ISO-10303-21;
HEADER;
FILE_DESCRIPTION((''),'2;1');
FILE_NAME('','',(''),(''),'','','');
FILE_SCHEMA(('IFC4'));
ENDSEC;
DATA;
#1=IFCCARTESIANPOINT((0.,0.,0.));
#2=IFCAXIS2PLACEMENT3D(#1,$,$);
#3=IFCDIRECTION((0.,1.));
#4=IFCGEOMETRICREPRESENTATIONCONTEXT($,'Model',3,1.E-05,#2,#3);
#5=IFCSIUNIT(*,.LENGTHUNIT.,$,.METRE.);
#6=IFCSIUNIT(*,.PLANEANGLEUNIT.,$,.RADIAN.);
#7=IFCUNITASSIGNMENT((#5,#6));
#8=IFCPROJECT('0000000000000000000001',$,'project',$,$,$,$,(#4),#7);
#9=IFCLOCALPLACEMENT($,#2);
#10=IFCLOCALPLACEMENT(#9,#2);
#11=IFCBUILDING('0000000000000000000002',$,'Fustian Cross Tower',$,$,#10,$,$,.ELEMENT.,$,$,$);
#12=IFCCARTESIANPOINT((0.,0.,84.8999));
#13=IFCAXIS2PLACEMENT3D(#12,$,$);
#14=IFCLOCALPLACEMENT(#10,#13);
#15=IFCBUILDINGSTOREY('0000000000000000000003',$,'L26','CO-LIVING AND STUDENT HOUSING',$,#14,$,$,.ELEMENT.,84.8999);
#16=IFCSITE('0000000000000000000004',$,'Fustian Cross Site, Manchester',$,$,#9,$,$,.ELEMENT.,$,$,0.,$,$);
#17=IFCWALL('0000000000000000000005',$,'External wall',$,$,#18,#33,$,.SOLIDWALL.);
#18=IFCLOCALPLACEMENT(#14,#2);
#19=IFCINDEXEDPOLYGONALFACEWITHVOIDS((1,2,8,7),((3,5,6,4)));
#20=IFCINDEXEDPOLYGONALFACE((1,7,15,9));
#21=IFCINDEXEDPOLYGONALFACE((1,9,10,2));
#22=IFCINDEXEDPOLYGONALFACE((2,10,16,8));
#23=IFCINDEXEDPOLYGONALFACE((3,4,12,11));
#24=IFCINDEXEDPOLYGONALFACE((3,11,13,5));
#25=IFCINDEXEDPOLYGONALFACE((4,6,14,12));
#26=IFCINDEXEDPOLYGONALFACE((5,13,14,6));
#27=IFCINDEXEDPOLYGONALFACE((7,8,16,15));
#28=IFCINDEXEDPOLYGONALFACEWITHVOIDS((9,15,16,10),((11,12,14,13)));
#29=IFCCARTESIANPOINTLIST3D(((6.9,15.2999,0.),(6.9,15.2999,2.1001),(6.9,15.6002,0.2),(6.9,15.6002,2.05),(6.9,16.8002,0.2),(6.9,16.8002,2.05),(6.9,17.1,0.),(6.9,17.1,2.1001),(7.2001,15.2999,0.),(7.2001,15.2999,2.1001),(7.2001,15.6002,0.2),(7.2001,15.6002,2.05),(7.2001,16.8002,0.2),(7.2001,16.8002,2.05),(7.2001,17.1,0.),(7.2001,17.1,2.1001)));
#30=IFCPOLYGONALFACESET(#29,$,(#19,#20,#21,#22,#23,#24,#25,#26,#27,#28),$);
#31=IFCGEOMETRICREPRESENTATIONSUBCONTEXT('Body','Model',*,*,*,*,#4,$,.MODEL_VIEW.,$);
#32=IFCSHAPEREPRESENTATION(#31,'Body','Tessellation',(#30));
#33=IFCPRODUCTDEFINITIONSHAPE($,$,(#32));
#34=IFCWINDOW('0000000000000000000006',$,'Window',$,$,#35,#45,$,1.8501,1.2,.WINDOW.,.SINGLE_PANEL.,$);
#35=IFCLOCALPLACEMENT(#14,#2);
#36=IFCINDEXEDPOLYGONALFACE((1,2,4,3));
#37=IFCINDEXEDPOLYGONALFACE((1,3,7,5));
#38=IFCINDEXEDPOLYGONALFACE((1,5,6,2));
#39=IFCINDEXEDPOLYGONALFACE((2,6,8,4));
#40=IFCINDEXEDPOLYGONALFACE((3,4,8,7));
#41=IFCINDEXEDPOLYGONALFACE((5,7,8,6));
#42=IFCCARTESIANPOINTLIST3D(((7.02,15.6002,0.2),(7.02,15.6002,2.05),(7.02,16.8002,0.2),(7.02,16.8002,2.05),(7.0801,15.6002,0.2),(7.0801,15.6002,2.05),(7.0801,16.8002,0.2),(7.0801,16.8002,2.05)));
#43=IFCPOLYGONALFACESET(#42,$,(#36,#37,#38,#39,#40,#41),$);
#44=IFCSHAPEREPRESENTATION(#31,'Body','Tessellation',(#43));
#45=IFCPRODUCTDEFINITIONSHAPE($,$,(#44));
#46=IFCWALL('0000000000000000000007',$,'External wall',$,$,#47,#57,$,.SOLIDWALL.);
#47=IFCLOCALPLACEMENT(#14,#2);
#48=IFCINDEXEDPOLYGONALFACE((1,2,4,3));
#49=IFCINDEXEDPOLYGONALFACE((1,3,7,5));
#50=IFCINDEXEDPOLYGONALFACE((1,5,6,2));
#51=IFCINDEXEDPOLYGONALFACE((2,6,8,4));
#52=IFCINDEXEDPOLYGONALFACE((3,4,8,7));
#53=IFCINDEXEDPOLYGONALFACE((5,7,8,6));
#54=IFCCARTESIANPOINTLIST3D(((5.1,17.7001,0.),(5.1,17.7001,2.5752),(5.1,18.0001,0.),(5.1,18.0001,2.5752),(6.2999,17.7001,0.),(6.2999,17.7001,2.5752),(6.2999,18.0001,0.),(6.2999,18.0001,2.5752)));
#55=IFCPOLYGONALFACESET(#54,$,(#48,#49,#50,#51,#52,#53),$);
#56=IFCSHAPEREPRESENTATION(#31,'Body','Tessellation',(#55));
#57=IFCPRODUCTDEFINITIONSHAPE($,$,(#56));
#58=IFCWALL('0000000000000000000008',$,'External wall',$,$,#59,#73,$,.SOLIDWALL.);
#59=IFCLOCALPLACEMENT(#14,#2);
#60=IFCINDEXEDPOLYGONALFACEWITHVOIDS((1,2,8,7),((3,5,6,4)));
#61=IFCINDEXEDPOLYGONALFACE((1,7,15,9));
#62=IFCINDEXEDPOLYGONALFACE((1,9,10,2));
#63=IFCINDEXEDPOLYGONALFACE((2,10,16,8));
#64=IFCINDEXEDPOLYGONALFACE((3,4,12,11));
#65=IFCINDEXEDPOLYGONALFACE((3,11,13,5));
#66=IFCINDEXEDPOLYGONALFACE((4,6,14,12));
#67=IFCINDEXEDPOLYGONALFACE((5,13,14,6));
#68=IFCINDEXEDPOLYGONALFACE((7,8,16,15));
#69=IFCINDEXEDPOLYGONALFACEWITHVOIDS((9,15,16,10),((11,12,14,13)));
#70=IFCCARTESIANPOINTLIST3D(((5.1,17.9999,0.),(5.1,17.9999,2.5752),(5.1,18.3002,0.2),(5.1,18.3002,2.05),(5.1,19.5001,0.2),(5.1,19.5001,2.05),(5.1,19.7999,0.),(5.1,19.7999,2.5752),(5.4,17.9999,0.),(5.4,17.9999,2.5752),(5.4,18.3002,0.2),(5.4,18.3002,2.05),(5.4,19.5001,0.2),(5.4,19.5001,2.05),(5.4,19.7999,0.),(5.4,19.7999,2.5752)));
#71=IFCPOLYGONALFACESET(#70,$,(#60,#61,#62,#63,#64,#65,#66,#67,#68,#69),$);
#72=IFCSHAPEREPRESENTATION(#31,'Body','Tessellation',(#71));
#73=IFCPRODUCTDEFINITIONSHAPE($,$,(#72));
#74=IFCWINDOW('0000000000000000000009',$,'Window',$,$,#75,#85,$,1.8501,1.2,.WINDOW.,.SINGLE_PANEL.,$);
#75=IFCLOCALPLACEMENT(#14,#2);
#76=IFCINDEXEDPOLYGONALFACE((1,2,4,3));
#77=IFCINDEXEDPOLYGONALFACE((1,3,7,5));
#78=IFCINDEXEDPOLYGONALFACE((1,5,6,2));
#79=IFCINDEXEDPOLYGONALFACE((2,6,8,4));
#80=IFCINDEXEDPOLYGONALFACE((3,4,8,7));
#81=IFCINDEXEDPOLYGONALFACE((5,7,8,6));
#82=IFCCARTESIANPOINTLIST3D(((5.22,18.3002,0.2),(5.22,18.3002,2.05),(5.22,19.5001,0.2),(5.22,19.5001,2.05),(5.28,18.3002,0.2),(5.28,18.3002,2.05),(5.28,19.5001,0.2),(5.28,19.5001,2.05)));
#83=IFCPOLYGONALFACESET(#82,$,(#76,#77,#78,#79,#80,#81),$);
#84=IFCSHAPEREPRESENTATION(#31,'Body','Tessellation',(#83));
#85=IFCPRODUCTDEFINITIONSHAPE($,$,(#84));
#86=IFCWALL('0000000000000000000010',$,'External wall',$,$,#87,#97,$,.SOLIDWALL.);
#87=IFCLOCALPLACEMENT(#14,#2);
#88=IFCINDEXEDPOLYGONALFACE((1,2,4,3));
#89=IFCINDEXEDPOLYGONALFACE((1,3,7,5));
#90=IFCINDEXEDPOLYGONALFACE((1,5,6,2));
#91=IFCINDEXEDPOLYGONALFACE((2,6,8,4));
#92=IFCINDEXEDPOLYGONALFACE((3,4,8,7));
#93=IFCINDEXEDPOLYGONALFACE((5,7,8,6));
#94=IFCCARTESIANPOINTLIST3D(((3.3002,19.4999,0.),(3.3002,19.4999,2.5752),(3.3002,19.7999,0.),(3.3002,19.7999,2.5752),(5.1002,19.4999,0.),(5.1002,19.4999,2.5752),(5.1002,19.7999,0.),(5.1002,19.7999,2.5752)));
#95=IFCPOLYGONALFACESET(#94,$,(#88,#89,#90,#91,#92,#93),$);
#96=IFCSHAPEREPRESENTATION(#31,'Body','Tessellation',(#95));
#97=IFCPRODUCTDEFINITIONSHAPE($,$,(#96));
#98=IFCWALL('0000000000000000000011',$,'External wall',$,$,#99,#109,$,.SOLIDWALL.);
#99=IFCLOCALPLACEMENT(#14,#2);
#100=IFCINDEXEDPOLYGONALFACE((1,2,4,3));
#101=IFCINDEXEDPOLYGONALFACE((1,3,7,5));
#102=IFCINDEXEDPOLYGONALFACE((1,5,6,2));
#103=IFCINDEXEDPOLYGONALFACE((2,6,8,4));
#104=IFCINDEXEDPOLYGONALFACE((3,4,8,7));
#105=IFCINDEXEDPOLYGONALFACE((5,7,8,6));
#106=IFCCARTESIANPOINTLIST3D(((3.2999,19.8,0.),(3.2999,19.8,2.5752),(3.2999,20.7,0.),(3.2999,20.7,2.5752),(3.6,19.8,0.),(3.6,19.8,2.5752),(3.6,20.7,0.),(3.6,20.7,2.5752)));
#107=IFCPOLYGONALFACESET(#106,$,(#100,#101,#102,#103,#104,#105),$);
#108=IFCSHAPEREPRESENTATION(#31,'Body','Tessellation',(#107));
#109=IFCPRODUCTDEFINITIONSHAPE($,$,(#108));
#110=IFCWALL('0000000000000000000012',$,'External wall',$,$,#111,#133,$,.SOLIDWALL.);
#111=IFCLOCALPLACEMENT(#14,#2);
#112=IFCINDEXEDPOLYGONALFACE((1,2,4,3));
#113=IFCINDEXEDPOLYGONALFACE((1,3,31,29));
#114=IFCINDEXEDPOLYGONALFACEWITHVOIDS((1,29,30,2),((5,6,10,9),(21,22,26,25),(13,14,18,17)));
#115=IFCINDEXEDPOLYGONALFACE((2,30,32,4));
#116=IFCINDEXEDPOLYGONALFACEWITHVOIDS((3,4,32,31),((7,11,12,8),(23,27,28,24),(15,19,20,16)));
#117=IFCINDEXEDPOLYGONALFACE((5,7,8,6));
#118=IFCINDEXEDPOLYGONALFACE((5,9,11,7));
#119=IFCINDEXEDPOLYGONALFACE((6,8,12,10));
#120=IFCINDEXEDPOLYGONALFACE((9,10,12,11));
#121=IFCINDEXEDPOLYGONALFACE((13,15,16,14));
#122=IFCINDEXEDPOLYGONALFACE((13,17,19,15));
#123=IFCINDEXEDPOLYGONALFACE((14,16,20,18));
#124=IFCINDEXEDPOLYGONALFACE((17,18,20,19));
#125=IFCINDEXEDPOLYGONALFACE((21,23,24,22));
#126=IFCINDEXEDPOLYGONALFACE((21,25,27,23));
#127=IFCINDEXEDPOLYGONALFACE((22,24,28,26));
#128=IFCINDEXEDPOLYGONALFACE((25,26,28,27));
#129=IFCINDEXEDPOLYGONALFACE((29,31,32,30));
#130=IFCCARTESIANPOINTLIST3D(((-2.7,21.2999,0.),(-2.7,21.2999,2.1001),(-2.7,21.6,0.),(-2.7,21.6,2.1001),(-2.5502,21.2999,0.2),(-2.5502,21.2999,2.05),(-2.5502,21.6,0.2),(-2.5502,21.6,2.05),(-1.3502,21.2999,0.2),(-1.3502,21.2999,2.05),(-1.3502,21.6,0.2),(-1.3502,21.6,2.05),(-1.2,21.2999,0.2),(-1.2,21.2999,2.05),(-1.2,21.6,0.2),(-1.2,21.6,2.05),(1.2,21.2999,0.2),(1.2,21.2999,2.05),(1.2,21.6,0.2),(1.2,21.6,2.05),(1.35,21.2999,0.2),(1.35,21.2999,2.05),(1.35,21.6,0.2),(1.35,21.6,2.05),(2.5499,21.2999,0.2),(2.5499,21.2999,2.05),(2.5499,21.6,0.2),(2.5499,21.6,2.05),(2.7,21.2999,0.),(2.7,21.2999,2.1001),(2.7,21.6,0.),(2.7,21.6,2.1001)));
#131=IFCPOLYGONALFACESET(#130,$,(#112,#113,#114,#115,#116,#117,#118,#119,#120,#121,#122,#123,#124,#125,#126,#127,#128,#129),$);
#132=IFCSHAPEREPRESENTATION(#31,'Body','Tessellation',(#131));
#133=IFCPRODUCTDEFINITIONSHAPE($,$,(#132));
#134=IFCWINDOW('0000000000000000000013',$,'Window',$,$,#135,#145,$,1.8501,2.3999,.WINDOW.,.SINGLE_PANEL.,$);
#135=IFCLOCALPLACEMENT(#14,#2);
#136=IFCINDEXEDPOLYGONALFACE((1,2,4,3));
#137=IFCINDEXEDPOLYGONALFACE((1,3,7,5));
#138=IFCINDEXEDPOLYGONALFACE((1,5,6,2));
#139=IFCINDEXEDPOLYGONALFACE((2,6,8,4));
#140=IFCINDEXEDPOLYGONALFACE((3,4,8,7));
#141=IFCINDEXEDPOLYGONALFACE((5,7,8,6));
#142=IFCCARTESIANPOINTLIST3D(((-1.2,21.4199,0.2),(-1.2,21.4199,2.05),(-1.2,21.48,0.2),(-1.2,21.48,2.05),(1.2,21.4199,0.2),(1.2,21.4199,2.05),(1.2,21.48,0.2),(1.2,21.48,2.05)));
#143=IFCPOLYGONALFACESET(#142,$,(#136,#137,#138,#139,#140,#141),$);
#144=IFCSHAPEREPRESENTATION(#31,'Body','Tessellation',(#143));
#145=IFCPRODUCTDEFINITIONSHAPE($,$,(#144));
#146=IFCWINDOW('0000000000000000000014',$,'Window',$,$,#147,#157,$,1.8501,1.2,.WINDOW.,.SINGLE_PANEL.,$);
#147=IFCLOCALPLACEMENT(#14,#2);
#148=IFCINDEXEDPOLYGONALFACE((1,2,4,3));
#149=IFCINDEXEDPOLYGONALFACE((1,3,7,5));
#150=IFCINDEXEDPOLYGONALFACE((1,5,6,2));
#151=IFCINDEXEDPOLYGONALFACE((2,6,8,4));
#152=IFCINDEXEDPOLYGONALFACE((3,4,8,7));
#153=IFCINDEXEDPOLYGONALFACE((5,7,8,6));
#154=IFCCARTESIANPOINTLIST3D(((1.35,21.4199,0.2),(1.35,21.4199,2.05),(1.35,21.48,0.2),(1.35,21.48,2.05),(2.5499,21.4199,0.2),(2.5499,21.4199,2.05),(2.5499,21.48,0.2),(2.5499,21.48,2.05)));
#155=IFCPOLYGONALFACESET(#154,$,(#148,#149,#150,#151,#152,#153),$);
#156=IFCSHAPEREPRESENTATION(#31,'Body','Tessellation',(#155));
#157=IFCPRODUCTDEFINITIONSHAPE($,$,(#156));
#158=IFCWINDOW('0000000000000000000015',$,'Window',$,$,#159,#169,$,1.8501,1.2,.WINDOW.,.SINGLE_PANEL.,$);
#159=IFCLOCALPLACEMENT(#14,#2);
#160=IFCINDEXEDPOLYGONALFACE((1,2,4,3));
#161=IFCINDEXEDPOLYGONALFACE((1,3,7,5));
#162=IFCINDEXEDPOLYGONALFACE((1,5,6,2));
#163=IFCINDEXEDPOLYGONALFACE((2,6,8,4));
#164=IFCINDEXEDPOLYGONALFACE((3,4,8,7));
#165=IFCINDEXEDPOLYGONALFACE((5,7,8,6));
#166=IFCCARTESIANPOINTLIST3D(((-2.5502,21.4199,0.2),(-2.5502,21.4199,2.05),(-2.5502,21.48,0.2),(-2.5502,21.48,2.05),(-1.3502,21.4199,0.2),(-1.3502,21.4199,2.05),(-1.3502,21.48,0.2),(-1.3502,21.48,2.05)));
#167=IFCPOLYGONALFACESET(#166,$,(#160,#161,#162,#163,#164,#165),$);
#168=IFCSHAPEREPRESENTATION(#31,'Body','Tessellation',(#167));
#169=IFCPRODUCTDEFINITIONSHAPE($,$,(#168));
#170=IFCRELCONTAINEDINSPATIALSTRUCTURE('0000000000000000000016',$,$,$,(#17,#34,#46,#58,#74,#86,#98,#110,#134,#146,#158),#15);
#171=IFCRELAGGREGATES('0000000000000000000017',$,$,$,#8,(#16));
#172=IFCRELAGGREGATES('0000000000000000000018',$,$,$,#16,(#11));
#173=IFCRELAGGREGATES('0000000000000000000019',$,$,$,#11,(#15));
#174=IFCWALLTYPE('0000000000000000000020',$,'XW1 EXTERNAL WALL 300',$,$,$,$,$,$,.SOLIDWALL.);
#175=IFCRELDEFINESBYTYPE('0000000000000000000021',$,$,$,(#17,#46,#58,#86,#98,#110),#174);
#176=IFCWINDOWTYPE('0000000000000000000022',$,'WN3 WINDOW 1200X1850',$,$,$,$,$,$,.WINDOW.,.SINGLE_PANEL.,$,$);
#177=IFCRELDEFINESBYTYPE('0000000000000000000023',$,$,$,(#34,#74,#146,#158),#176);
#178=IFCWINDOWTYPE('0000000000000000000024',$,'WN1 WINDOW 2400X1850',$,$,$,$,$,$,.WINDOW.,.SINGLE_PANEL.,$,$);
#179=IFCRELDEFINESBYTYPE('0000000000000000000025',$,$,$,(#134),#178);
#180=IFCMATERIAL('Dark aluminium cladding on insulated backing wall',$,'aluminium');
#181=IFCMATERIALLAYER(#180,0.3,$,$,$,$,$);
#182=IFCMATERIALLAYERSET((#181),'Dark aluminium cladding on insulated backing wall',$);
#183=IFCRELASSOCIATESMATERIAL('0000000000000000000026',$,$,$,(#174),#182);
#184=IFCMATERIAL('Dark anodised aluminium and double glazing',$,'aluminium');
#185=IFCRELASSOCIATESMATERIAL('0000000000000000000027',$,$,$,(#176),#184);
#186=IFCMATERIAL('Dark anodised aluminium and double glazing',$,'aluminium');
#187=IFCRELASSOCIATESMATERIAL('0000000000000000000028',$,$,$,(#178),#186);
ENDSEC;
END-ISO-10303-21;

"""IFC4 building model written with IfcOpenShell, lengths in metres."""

from ifc_helpers import new_model, si_unit, direction, frame, frame_2d, origin, place, context, subcontext, project, spatial, rectangle, extrude, material, layer, layer_set, type_object, element, fill, save


model = new_model("IFC4")

# Units and contexts
model_context = context("Model", 3, precision=1e-05, world=origin(), true_north=direction((0.0, 1.0)))
body_context = subcontext(model_context, "Body", "Model", "MODEL_VIEW")
ifc_project = project(units=[si_unit("LENGTHUNIT", "METRE"), si_unit("PLANEANGLEUNIT", "RADIAN")], contexts=[model_context])

# Site, building, storey
site_placement = place(None, origin())
site = spatial("IfcSite", under=ifc_project, at=site_placement, Name="Fustian Cross Site, Manchester", CompositionType="ELEMENT", RefElevation=0.0)
building_placement = place(site_placement, origin())
building = spatial("IfcBuilding", under=site, at=building_placement, Name="Fustian Cross Tower", CompositionType="ELEMENT")
storey_placement = place(building_placement, frame((0.0, 0.0, 84.8999)))
storey = spatial("IfcBuildingStorey", under=building, at=storey_placement, Name="L26", Description="CO-LIVING AND STUDENT HOUSING", CompositionType="ELEMENT", Elevation=84.8999)

# Shared definitions
ifc_material_1 = material(Name="Dark aluminium cladding on insulated backing wall", Category="aluminium")
ifc_layer_1 = layer(ifc_material_1, 0.3)
ifc_layer_set_1 = layer_set([ifc_layer_1], Name="Dark aluminium cladding on insulated backing wall")
wall_type_1 = type_object("IfcWallType", Name="XW1 EXTERNAL WALL 300", PredefinedType="SOLIDWALL", material=ifc_layer_set_1)

# Wall, opening, window
wall_1_placement = place(storey_placement, frame((7.05, 15.3, 0.0), z_axis=(0.0, 0.0, 1.0), x_axis=(0.0, 1.0, 0.0)))
wall_1 = element("IfcWall", 1, at=wall_1_placement, inside=storey, type_object=wall_type_1, Name="External wall", PredefinedType="SOLIDWALL", context=body_context, shape_type="SweptSolid", body=[
    extrude(rectangle(XDim=1.8, YDim=0.3, at=frame_2d((0.8999, 0.0))), origin(), (0.0, 0.0, 1.0), 2.1001),
])
opening_1_placement = place(wall_1_placement, frame((0.3, 0.0, 0.2)))
opening_1 = element("IfcOpeningElement", 2, at=opening_1_placement, cuts=wall_1, PredefinedType="OPENING", context=body_context, shape_type="SweptSolid", body=[
    extrude(rectangle(XDim=1.2, YDim=1.8501, at=frame_2d((0.6001, 0.925))), frame((0.0, 0.1599, 0.0), z_axis=(0.0, -1.0, 0.0), x_axis=(1.0, 0.0, 0.0)), (0.0, 0.0, 1.0), 0.3201),
])
ifc_material_2 = material(Name="Dark anodised aluminium and double glazing", Category="aluminium")
window_type_1 = type_object("IfcWindowType", Name="WN3 WINDOW 1200X1850", PartitioningType="SINGLE_PANEL", PredefinedType="WINDOW", material=ifc_material_2)
window_1_placement = place(opening_1_placement, origin())
window_1 = element("IfcWindow", 3, at=window_1_placement, inside=storey, type_object=window_type_1, Name="Window", OverallHeight=1.8501, OverallWidth=1.2, PartitioningType="SINGLE_PANEL", PredefinedType="WINDOW", context=body_context, shape_type="SweptSolid", body=[
    extrude(rectangle(XDim=1.2, YDim=1.8501, at=frame_2d((0.6001, 0.925))), frame((0.0, 0.03, 0.0), z_axis=(0.0, -1.0, 0.0), x_axis=(1.0, 0.0, 0.0)), (0.0, 0.0, 1.0), 0.0601),
])
fill(opening_1, window_1)

# Wall
wall_2_placement = place(storey_placement, frame((6.3, 17.8501, 0.0), z_axis=(0.0, 0.0, 1.0), x_axis=(-1.0, 0.0, 0.0)))
element("IfcWall", 4, at=wall_2_placement, inside=storey, type_object=wall_type_1, Name="External wall", PredefinedType="SOLIDWALL", context=body_context, shape_type="SweptSolid", body=[
    extrude(rectangle(XDim=1.2, YDim=0.3, at=frame_2d((0.6001, 0.0))), origin(), (0.0, 0.0, 1.0), 2.5752),
])

# Wall, opening, window
wall_3_placement = place(storey_placement, frame((5.25, 18.0, 0.0), z_axis=(0.0, 0.0, 1.0), x_axis=(0.0, 1.0, 0.0)))
wall_3 = element("IfcWall", 5, at=wall_3_placement, inside=storey, type_object=wall_type_1, Name="External wall", PredefinedType="SOLIDWALL", context=body_context, shape_type="SweptSolid", body=[
    extrude(rectangle(XDim=1.8, YDim=0.3, at=frame_2d((0.8999, 0.0))), origin(), (0.0, 0.0, 1.0), 2.5752),
])
opening_2_placement = place(wall_3_placement, frame((0.3, 0.0, 0.2)))
opening_2 = element("IfcOpeningElement", 6, at=opening_2_placement, cuts=wall_3, PredefinedType="OPENING", context=body_context, shape_type="SweptSolid", body=[
    extrude(rectangle(XDim=1.2, YDim=1.8501, at=frame_2d((0.6001, 0.925))), frame((0.0, 0.1599, 0.0), z_axis=(0.0, -1.0, 0.0), x_axis=(1.0, 0.0, 0.0)), (0.0, 0.0, 1.0), 0.3201),
])
window_2_placement = place(opening_2_placement, origin())
window_2 = element("IfcWindow", 7, at=window_2_placement, inside=storey, type_object=window_type_1, Name="Window", OverallHeight=1.8501, OverallWidth=1.2, PartitioningType="SINGLE_PANEL", PredefinedType="WINDOW", context=body_context, shape_type="SweptSolid", body=[
    extrude(rectangle(XDim=1.2, YDim=1.8501, at=frame_2d((0.6001, 0.925))), frame((0.0, 0.03, 0.0), z_axis=(0.0, -1.0, 0.0), x_axis=(1.0, 0.0, 0.0)), (0.0, 0.0, 1.0), 0.0601),
])
fill(opening_2, window_2)

# Walls
wall_4_placement = place(storey_placement, frame((5.1001, 19.6499, 0.0), z_axis=(0.0, 0.0, 1.0), x_axis=(-1.0, 0.0, 0.0)))
element("IfcWall", 8, at=wall_4_placement, inside=storey, type_object=wall_type_1, Name="External wall", PredefinedType="SOLIDWALL", context=body_context, shape_type="SweptSolid", body=[
    extrude(rectangle(XDim=1.8, YDim=0.3, at=frame_2d((0.8999, 0.0))), origin(), (0.0, 0.0, 1.0), 2.5752),
])
wall_5_placement = place(storey_placement, frame((3.45, 19.8, 0.0), z_axis=(0.0, 0.0, 1.0), x_axis=(0.0, 1.0, 0.0)))
element("IfcWall", 9, at=wall_5_placement, inside=storey, type_object=wall_type_1, Name="External wall", PredefinedType="SOLIDWALL", context=body_context, shape_type="SweptSolid", body=[
    extrude(rectangle(XDim=0.8999, YDim=0.3, at=frame_2d((0.45, 0.0))), origin(), (0.0, 0.0, 1.0), 2.5752),
])

# Wall, openings, windows
wall_6_placement = place(storey_placement, frame((2.7, 21.45, 0.0), z_axis=(0.0, 0.0, 1.0), x_axis=(-1.0, 0.0, 0.0)))
wall_6 = element("IfcWall", 10, at=wall_6_placement, inside=storey, type_object=wall_type_1, Name="External wall", PredefinedType="SOLIDWALL", context=body_context, shape_type="SweptSolid", body=[
    extrude(rectangle(XDim=5.3999, YDim=0.3, at=frame_2d((2.7, 0.0))), origin(), (0.0, 0.0, 1.0), 2.1001),
])
opening_3_placement = place(wall_6_placement, frame((1.5, 0.0, 0.2)))
opening_3 = element("IfcOpeningElement", 11, at=opening_3_placement, cuts=wall_6, PredefinedType="OPENING", context=body_context, shape_type="SweptSolid", body=[
    extrude(rectangle(XDim=2.3999, YDim=1.8501, at=frame_2d((1.2, 0.925))), frame((0.0, 0.1599, 0.0), z_axis=(0.0, -1.0, 0.0), x_axis=(1.0, 0.0, 0.0)), (0.0, 0.0, 1.0), 0.3201),
])
opening_4_placement = place(wall_6_placement, frame((0.1499, 0.0, 0.2)))
opening_4 = element("IfcOpeningElement", 12, at=opening_4_placement, cuts=wall_6, PredefinedType="OPENING", context=body_context, shape_type="SweptSolid", body=[
    extrude(rectangle(XDim=1.2, YDim=1.8501, at=frame_2d((0.6001, 0.925))), frame((0.0, 0.1599, 0.0), z_axis=(0.0, -1.0, 0.0), x_axis=(1.0, 0.0, 0.0)), (0.0, 0.0, 1.0), 0.3201),
])
opening_5_placement = place(wall_6_placement, frame((4.05, 0.0, 0.2)))
opening_5 = element("IfcOpeningElement", 13, at=opening_5_placement, cuts=wall_6, PredefinedType="OPENING", context=body_context, shape_type="SweptSolid", body=[
    extrude(rectangle(XDim=1.2, YDim=1.8501, at=frame_2d((0.6001, 0.925))), frame((0.0, 0.1599, 0.0), z_axis=(0.0, -1.0, 0.0), x_axis=(1.0, 0.0, 0.0)), (0.0, 0.0, 1.0), 0.3201),
])
ifc_material_3 = material(Name="Dark anodised aluminium and double glazing", Category="aluminium")
window_type_2 = type_object("IfcWindowType", Name="WN1 WINDOW 2400X1850", PartitioningType="SINGLE_PANEL", PredefinedType="WINDOW", material=ifc_material_3)
window_3_placement = place(opening_3_placement, origin())
window_3 = element("IfcWindow", 14, at=window_3_placement, inside=storey, type_object=window_type_2, Name="Window", OverallHeight=1.8501, OverallWidth=2.3999, PartitioningType="SINGLE_PANEL", PredefinedType="WINDOW", context=body_context, shape_type="SweptSolid", body=[
    extrude(rectangle(XDim=2.3999, YDim=1.8501, at=frame_2d((1.2, 0.925))), frame((0.0, 0.03, 0.0), z_axis=(0.0, -1.0, 0.0), x_axis=(1.0, 0.0, 0.0)), (0.0, 0.0, 1.0), 0.0601),
])
fill(opening_3, window_3)
window_4_placement = place(opening_4_placement, origin())
window_4 = element("IfcWindow", 15, at=window_4_placement, inside=storey, type_object=window_type_1, Name="Window", OverallHeight=1.8501, OverallWidth=1.2, PartitioningType="SINGLE_PANEL", PredefinedType="WINDOW", context=body_context, shape_type="SweptSolid", body=[
    extrude(rectangle(XDim=1.2, YDim=1.8501, at=frame_2d((0.6001, 0.925))), frame((0.0, 0.03, 0.0), z_axis=(0.0, -1.0, 0.0), x_axis=(1.0, 0.0, 0.0)), (0.0, 0.0, 1.0), 0.0601),
])
fill(opening_4, window_4)
window_5_placement = place(opening_5_placement, origin())
window_5 = element("IfcWindow", 16, at=window_5_placement, inside=storey, type_object=window_type_1, Name="Window", OverallHeight=1.8501, OverallWidth=1.2, PartitioningType="SINGLE_PANEL", PredefinedType="WINDOW", context=body_context, shape_type="SweptSolid", body=[
    extrude(rectangle(XDim=1.2, YDim=1.8501, at=frame_2d((0.6001, 0.925))), frame((0.0, 0.03, 0.0), z_axis=(0.0, -1.0, 0.0), x_axis=(1.0, 0.0, 0.0)), (0.0, 0.0, 1.0), 0.0601),
])
fill(opening_5, window_5)

save(model, "model.ifc")
